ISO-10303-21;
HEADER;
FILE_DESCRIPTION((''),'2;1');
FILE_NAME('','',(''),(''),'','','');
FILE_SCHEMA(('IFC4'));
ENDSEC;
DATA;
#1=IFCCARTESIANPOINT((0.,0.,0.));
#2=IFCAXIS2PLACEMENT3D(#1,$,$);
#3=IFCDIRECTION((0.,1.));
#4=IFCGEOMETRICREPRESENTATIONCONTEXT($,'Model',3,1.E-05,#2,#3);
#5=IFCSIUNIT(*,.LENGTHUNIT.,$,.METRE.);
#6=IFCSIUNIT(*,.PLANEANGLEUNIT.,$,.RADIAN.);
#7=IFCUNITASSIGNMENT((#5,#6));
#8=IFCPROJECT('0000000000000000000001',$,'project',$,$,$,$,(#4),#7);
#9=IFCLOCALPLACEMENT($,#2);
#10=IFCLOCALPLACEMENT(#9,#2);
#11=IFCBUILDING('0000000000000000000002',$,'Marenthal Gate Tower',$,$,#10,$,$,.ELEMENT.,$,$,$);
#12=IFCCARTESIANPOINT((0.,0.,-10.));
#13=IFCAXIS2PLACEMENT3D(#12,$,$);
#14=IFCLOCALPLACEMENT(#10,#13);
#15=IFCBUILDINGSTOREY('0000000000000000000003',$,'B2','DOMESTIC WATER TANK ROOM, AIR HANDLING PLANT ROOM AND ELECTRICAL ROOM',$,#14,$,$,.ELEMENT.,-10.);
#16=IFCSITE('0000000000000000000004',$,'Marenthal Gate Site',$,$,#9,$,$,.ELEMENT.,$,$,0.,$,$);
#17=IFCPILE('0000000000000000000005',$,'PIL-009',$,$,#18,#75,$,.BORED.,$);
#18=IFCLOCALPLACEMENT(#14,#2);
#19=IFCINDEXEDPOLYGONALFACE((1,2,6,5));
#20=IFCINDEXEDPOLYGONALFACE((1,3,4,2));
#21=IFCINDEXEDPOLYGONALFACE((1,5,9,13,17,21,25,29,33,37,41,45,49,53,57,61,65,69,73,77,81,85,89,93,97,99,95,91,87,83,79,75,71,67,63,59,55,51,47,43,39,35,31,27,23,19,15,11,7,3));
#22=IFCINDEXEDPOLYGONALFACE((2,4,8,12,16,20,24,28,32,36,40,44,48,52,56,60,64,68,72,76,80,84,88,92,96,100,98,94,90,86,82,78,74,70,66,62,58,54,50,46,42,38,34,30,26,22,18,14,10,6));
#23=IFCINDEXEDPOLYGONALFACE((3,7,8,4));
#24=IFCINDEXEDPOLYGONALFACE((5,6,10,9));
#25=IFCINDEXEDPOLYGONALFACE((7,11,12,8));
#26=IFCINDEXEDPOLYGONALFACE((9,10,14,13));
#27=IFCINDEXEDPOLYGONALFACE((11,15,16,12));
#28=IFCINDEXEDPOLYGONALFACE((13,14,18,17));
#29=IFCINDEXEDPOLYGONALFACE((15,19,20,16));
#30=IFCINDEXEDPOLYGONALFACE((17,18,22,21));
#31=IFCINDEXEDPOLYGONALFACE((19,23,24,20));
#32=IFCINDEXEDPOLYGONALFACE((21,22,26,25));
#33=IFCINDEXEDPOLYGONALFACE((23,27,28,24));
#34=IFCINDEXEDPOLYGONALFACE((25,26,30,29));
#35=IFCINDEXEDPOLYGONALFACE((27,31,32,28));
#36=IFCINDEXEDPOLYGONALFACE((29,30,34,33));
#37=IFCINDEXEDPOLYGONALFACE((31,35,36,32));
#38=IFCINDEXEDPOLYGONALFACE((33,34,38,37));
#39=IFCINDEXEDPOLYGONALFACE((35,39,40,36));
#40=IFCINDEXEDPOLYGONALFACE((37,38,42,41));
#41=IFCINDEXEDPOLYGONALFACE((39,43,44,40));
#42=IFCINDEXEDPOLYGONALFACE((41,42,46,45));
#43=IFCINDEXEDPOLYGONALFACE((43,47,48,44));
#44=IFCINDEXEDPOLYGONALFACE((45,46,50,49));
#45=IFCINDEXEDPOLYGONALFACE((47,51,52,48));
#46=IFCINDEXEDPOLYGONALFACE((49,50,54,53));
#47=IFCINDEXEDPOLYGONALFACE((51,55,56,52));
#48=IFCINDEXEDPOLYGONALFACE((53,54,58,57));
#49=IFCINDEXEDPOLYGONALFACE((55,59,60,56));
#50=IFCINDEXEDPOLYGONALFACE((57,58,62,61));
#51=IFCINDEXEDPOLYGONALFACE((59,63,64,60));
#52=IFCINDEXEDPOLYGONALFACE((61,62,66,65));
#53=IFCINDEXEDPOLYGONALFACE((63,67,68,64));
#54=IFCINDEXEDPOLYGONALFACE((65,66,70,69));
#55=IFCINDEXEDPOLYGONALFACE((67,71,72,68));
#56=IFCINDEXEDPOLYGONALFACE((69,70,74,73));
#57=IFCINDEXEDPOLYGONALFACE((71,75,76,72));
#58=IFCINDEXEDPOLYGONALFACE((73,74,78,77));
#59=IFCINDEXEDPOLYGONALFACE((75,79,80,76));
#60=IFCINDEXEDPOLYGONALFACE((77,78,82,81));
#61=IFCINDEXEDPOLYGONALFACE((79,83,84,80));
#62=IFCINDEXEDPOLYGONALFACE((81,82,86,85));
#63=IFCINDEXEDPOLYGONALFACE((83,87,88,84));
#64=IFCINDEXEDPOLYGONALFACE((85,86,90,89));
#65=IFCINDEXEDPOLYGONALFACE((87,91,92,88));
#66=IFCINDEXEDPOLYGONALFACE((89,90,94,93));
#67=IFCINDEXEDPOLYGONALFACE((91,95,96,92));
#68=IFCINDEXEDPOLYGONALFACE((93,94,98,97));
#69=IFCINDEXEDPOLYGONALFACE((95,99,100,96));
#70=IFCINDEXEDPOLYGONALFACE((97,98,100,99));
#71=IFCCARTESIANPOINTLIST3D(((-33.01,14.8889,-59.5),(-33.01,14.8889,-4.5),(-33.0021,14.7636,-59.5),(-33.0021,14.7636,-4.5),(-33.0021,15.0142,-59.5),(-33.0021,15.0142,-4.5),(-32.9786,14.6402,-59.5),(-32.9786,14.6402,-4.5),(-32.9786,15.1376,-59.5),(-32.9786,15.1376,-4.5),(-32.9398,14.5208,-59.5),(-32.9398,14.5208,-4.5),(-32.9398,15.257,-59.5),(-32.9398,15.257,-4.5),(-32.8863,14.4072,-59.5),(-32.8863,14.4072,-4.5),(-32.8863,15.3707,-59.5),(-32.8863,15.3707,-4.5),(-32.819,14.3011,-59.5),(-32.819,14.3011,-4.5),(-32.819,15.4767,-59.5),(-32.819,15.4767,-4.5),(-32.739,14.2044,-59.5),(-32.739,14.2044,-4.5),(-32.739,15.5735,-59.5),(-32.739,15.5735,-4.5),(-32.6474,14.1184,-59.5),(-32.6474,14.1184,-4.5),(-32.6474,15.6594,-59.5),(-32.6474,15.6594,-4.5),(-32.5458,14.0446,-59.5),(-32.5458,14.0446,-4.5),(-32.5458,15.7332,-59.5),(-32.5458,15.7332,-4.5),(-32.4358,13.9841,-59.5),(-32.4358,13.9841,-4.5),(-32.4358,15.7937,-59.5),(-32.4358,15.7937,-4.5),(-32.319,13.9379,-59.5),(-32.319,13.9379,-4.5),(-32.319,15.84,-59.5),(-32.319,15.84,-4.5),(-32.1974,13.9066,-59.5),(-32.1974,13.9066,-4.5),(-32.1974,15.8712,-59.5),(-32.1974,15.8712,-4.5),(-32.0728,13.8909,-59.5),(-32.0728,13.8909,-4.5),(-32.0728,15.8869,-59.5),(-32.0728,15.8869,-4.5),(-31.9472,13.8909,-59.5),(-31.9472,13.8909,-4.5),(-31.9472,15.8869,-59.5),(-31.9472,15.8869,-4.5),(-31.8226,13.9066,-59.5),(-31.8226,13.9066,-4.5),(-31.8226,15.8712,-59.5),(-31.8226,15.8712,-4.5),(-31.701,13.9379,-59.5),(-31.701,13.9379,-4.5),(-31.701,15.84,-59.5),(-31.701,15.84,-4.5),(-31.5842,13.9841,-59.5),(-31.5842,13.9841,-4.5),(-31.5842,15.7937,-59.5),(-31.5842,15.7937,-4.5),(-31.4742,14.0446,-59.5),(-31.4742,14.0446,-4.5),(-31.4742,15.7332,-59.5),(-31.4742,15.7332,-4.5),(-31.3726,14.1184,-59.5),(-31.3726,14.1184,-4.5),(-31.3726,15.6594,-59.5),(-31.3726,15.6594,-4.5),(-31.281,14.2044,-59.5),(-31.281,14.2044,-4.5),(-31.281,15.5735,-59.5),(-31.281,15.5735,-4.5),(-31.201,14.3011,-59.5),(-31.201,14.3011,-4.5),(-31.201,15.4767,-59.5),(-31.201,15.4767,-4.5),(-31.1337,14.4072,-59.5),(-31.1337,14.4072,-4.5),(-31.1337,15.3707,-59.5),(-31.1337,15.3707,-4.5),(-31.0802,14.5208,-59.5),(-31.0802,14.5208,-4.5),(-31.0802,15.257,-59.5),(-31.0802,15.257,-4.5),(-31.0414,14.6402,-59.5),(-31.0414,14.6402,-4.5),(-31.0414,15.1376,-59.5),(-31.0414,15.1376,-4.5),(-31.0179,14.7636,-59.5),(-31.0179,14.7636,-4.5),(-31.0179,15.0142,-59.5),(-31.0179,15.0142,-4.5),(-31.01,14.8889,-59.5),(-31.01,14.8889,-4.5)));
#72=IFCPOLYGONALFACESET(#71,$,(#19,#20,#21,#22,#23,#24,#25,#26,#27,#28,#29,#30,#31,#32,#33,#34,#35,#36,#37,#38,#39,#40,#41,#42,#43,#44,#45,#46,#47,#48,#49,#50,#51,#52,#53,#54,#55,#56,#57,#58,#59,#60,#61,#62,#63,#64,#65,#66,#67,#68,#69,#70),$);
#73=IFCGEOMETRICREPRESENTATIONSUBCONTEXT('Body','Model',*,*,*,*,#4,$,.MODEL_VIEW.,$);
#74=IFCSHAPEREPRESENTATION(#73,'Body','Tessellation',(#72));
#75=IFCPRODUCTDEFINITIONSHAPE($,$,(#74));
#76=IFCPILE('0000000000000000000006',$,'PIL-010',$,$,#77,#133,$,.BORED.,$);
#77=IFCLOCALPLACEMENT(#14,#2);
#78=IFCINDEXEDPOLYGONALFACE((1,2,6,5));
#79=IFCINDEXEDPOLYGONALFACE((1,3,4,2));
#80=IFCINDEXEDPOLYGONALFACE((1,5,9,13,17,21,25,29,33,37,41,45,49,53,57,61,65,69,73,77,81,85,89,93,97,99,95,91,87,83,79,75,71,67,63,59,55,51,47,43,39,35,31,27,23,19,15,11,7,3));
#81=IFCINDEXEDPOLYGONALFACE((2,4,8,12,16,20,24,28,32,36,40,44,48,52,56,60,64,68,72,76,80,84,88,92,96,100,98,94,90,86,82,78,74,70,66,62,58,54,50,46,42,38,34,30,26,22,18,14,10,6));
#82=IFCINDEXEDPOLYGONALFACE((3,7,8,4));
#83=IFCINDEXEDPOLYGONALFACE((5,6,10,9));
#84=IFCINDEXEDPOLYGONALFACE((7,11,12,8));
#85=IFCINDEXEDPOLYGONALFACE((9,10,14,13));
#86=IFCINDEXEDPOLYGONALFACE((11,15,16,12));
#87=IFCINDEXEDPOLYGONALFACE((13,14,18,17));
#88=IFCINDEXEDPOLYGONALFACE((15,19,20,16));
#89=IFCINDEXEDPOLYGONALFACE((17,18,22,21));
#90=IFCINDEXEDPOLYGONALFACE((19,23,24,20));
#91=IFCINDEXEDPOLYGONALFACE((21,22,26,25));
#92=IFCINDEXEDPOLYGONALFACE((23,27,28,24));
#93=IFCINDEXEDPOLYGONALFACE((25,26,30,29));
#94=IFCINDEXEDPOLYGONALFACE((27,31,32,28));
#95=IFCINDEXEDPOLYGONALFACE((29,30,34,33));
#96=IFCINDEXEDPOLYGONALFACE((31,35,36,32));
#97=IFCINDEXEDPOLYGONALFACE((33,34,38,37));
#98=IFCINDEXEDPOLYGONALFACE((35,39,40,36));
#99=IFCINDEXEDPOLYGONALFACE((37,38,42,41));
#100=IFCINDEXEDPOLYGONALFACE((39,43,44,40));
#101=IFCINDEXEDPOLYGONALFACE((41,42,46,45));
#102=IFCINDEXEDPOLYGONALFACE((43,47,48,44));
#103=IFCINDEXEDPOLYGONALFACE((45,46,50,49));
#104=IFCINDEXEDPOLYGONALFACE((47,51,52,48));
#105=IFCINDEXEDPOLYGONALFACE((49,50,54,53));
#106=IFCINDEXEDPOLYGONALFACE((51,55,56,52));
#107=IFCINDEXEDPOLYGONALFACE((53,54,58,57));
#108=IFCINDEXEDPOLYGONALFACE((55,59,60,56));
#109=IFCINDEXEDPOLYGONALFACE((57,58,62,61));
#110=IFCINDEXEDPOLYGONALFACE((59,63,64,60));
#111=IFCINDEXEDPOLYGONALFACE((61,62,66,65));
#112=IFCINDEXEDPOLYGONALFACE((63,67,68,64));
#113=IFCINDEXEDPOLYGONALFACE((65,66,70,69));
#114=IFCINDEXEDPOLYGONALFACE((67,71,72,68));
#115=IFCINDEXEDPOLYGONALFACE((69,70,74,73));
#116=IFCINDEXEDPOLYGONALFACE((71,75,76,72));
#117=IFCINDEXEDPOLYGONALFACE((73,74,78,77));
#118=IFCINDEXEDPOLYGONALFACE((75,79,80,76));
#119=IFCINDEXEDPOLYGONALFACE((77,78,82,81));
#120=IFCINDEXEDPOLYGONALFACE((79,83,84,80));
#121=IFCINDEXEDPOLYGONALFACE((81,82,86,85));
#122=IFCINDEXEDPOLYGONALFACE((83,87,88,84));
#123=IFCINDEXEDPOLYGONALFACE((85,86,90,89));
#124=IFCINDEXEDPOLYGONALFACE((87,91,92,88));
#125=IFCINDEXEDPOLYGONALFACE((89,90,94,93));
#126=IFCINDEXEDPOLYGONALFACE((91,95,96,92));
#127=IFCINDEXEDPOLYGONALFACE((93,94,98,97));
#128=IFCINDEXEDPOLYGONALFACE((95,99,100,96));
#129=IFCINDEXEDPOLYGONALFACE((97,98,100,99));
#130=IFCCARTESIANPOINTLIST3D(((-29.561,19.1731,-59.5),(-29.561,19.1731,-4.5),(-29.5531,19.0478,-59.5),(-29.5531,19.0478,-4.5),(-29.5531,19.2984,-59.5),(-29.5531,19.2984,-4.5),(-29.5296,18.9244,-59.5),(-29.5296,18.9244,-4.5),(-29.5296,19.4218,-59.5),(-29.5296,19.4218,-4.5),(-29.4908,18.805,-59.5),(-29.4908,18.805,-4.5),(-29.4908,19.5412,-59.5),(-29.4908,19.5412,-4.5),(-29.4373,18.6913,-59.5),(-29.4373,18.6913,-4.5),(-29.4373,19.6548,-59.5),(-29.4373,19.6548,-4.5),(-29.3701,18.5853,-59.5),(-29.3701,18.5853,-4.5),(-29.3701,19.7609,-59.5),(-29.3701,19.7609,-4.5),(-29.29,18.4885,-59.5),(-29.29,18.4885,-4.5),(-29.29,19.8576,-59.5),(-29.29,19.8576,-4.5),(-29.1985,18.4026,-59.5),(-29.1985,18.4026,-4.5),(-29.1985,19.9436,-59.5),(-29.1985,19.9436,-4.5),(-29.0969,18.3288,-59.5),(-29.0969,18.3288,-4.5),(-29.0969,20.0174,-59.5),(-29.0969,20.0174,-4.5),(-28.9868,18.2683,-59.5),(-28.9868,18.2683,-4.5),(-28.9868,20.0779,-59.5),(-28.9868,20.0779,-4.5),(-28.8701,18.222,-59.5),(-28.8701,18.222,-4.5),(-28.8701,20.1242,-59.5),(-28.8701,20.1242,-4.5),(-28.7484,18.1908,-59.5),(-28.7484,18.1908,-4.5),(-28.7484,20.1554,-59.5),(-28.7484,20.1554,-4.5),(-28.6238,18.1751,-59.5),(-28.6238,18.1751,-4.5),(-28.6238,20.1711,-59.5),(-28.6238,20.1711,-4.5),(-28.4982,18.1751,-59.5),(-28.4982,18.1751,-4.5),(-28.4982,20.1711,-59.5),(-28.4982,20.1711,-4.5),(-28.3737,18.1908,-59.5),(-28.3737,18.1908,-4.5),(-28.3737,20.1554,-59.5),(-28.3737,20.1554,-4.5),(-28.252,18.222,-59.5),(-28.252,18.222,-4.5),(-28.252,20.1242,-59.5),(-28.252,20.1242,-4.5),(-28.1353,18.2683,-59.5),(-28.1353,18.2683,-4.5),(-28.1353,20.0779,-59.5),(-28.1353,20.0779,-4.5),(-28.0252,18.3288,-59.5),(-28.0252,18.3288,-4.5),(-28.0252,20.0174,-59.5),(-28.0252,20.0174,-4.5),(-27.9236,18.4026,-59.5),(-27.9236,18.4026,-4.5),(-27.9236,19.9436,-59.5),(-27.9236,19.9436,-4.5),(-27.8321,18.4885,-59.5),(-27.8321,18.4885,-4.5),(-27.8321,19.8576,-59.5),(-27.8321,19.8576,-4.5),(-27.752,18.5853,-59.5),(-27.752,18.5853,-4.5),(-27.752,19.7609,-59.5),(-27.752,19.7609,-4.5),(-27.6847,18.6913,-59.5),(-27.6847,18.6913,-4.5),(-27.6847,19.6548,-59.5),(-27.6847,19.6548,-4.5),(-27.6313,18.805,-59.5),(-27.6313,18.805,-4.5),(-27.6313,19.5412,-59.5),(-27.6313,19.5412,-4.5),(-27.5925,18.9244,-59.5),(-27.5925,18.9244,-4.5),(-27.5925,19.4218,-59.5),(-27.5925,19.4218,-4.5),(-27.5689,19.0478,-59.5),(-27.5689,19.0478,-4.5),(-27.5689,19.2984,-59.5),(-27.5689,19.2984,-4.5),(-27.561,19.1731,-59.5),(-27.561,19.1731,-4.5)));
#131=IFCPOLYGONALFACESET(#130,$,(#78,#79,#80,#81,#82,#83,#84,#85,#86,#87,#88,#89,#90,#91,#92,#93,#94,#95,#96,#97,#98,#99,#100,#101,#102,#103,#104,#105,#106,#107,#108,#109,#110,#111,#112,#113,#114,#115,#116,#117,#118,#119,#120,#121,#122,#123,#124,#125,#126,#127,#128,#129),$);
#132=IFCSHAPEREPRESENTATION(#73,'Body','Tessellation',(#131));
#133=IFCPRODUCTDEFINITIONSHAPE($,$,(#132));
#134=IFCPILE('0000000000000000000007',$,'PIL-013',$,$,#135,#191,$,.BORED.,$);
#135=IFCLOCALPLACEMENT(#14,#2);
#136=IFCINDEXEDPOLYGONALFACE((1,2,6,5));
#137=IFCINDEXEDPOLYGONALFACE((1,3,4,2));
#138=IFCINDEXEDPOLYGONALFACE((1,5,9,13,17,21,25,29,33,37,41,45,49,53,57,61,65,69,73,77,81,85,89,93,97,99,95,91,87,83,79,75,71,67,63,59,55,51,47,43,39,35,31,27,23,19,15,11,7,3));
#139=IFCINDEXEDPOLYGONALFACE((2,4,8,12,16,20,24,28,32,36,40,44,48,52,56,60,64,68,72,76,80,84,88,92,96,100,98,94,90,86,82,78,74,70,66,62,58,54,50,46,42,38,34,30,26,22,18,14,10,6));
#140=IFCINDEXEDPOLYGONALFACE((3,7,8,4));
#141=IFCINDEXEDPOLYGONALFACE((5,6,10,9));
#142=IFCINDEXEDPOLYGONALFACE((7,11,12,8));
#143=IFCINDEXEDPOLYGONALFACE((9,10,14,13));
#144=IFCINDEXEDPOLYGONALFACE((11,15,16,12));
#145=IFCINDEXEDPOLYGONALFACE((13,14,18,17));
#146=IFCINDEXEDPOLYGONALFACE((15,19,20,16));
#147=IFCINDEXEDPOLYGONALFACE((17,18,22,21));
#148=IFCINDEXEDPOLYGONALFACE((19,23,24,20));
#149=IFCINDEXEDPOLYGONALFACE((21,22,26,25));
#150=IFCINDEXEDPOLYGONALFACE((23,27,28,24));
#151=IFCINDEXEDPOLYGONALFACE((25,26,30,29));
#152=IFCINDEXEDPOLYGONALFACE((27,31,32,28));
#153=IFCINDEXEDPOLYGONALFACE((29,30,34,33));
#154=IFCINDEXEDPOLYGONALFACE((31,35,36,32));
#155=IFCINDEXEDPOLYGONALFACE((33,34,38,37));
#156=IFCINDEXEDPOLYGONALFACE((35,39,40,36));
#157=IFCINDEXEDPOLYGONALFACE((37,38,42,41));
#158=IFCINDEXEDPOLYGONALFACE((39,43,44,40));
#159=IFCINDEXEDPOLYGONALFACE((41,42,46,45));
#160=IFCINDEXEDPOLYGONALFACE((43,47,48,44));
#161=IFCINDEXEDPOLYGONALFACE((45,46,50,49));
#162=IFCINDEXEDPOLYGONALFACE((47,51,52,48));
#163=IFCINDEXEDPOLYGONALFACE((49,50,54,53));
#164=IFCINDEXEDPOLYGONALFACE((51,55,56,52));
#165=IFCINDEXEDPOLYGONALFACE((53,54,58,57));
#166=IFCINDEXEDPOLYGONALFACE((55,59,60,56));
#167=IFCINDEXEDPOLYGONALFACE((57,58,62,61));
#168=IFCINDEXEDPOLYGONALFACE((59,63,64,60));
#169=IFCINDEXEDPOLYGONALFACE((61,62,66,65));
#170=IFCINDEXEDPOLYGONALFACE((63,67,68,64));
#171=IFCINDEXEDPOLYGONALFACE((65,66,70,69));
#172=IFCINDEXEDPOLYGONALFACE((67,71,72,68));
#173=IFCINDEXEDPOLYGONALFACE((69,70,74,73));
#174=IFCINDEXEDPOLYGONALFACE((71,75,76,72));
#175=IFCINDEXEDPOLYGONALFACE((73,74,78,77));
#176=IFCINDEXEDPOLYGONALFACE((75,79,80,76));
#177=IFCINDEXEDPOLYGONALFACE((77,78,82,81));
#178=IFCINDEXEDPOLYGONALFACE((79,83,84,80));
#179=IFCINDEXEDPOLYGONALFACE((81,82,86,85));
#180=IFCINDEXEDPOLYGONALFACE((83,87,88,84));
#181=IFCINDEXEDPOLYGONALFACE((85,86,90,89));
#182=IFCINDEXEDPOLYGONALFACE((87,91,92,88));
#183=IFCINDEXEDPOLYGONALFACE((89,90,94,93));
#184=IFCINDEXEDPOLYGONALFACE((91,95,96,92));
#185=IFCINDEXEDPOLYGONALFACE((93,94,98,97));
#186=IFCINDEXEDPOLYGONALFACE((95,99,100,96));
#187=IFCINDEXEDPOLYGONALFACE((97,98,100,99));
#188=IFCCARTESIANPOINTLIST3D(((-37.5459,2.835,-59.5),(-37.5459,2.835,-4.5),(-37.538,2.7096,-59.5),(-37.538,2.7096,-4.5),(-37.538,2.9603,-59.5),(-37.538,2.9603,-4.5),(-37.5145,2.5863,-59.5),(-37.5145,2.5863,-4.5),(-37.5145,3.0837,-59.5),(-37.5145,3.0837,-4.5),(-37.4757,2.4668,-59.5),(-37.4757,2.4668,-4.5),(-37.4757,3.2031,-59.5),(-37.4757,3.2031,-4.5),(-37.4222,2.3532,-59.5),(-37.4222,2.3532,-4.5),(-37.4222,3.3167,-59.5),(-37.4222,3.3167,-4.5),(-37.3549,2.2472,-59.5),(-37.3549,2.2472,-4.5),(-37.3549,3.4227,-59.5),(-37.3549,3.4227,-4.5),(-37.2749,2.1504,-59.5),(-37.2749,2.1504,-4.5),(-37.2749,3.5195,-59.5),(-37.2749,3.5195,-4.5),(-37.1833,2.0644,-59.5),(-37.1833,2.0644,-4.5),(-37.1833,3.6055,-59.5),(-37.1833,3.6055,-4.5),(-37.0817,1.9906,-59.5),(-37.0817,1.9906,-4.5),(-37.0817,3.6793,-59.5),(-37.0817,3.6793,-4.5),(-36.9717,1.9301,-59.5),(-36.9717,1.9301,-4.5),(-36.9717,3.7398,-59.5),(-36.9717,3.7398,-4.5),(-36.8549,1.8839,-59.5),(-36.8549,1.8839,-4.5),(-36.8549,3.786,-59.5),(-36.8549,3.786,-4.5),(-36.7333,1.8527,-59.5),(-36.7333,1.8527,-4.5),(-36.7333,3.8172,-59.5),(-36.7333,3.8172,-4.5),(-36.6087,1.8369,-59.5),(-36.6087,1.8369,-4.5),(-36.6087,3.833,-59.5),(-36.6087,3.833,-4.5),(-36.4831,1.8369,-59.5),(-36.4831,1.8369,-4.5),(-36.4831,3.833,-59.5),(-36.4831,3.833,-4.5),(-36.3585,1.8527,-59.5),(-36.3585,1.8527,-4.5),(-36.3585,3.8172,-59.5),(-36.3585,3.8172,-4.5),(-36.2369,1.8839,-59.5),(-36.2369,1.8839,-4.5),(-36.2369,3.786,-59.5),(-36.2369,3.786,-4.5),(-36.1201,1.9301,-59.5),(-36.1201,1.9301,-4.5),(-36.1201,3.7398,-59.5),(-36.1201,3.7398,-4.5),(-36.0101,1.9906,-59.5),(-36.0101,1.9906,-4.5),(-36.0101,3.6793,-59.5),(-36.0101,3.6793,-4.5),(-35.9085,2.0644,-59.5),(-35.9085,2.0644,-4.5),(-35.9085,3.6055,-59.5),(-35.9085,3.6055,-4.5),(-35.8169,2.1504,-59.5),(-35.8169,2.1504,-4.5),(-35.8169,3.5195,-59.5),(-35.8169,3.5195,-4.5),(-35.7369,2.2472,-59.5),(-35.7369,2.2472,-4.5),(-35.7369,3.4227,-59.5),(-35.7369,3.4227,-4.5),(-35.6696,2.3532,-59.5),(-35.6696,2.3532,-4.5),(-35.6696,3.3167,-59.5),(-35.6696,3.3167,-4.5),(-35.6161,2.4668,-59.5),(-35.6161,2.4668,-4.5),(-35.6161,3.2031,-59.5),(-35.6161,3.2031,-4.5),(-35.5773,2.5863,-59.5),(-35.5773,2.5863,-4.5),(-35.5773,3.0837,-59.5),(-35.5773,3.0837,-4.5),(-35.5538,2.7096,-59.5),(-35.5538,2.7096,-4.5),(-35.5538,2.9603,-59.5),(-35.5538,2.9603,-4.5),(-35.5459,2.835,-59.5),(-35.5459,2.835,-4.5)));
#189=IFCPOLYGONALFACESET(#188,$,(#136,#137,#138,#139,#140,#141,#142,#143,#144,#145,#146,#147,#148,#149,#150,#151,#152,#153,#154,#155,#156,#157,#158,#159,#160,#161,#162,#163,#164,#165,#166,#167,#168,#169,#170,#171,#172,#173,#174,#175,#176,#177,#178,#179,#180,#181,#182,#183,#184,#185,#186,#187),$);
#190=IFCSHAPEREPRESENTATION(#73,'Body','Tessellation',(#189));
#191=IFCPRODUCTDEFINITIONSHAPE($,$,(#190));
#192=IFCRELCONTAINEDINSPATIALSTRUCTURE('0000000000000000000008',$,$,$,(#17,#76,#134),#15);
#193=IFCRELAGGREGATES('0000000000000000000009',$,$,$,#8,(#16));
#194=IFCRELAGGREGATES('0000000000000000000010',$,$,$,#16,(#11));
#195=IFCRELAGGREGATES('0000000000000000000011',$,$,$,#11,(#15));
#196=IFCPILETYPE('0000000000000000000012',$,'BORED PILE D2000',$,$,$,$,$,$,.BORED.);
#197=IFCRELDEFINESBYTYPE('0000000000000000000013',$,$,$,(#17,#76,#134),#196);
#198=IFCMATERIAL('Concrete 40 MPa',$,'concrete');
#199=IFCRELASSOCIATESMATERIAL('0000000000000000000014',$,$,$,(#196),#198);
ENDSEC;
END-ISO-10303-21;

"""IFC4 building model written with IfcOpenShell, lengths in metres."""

from ifc_helpers import new_model, si_unit, direction, frame, origin, origin_2d, place, context, subcontext, project, spatial, circle, extrude, material, type_object, element, save


model = new_model("IFC4")

# Units and contexts
model_context = context("Model", 3, precision=1e-05, world=origin(), true_north=direction((0.0, 1.0)))
body_context = subcontext(model_context, "Body", "Model", "MODEL_VIEW")
ifc_project = project(units=[si_unit("LENGTHUNIT", "METRE"), si_unit("PLANEANGLEUNIT", "RADIAN")], contexts=[model_context])

# Site, building, storey
site_placement = place(None, origin())
site = spatial("IfcSite", under=ifc_project, at=site_placement, Name="Marenthal Gate Site", CompositionType="ELEMENT", RefElevation=0.0)
building_placement = place(site_placement, origin())
building = spatial("IfcBuilding", under=site, at=building_placement, Name="Marenthal Gate Tower", CompositionType="ELEMENT")
storey_placement = place(building_placement, frame((0.0, 0.0, -10.0)))
storey = spatial("IfcBuildingStorey", under=building, at=storey_placement, Name="B2", Description="DOMESTIC WATER TANK ROOM, AIR HANDLING PLANT ROOM AND ELECTRICAL ROOM", CompositionType="ELEMENT", Elevation=-10.0)

# Piles
ifc_material_1 = material(Name="Concrete 40 MPa", Category="concrete")
pile_type = type_object("IfcPileType", Name="BORED PILE D2000", PredefinedType="BORED", material=ifc_material_1)
for number, where, z_axis, x_axis, name in (
    (1, (-32.01, 14.8889, -4.5), (0.0, 0.0, -1.0), (1.0, 0.0, 0.0), "PIL-009"),
    (2, (-28.561, 19.1731, -4.5), (0.0, 0.0, -1.0), (1.0, 0.0, 0.0), "PIL-010"),
    (3, (-36.5459, 2.835, -4.5), (0.0, 0.0, -1.0), (1.0, 0.0, 0.0), "PIL-013"),
):
    element("IfcPile", number, at=place(storey_placement, frame(where, z_axis=z_axis, x_axis=x_axis)), inside=storey, type_object=pile_type, Name=name, PredefinedType="BORED", context=body_context, shape_type="SweptSolid", body=[
        extrude(circle(Radius=1.0, at=origin_2d()), origin(), (0.0, 0.0, 1.0), 55.0),
    ])

save(model, "model.ifc")
